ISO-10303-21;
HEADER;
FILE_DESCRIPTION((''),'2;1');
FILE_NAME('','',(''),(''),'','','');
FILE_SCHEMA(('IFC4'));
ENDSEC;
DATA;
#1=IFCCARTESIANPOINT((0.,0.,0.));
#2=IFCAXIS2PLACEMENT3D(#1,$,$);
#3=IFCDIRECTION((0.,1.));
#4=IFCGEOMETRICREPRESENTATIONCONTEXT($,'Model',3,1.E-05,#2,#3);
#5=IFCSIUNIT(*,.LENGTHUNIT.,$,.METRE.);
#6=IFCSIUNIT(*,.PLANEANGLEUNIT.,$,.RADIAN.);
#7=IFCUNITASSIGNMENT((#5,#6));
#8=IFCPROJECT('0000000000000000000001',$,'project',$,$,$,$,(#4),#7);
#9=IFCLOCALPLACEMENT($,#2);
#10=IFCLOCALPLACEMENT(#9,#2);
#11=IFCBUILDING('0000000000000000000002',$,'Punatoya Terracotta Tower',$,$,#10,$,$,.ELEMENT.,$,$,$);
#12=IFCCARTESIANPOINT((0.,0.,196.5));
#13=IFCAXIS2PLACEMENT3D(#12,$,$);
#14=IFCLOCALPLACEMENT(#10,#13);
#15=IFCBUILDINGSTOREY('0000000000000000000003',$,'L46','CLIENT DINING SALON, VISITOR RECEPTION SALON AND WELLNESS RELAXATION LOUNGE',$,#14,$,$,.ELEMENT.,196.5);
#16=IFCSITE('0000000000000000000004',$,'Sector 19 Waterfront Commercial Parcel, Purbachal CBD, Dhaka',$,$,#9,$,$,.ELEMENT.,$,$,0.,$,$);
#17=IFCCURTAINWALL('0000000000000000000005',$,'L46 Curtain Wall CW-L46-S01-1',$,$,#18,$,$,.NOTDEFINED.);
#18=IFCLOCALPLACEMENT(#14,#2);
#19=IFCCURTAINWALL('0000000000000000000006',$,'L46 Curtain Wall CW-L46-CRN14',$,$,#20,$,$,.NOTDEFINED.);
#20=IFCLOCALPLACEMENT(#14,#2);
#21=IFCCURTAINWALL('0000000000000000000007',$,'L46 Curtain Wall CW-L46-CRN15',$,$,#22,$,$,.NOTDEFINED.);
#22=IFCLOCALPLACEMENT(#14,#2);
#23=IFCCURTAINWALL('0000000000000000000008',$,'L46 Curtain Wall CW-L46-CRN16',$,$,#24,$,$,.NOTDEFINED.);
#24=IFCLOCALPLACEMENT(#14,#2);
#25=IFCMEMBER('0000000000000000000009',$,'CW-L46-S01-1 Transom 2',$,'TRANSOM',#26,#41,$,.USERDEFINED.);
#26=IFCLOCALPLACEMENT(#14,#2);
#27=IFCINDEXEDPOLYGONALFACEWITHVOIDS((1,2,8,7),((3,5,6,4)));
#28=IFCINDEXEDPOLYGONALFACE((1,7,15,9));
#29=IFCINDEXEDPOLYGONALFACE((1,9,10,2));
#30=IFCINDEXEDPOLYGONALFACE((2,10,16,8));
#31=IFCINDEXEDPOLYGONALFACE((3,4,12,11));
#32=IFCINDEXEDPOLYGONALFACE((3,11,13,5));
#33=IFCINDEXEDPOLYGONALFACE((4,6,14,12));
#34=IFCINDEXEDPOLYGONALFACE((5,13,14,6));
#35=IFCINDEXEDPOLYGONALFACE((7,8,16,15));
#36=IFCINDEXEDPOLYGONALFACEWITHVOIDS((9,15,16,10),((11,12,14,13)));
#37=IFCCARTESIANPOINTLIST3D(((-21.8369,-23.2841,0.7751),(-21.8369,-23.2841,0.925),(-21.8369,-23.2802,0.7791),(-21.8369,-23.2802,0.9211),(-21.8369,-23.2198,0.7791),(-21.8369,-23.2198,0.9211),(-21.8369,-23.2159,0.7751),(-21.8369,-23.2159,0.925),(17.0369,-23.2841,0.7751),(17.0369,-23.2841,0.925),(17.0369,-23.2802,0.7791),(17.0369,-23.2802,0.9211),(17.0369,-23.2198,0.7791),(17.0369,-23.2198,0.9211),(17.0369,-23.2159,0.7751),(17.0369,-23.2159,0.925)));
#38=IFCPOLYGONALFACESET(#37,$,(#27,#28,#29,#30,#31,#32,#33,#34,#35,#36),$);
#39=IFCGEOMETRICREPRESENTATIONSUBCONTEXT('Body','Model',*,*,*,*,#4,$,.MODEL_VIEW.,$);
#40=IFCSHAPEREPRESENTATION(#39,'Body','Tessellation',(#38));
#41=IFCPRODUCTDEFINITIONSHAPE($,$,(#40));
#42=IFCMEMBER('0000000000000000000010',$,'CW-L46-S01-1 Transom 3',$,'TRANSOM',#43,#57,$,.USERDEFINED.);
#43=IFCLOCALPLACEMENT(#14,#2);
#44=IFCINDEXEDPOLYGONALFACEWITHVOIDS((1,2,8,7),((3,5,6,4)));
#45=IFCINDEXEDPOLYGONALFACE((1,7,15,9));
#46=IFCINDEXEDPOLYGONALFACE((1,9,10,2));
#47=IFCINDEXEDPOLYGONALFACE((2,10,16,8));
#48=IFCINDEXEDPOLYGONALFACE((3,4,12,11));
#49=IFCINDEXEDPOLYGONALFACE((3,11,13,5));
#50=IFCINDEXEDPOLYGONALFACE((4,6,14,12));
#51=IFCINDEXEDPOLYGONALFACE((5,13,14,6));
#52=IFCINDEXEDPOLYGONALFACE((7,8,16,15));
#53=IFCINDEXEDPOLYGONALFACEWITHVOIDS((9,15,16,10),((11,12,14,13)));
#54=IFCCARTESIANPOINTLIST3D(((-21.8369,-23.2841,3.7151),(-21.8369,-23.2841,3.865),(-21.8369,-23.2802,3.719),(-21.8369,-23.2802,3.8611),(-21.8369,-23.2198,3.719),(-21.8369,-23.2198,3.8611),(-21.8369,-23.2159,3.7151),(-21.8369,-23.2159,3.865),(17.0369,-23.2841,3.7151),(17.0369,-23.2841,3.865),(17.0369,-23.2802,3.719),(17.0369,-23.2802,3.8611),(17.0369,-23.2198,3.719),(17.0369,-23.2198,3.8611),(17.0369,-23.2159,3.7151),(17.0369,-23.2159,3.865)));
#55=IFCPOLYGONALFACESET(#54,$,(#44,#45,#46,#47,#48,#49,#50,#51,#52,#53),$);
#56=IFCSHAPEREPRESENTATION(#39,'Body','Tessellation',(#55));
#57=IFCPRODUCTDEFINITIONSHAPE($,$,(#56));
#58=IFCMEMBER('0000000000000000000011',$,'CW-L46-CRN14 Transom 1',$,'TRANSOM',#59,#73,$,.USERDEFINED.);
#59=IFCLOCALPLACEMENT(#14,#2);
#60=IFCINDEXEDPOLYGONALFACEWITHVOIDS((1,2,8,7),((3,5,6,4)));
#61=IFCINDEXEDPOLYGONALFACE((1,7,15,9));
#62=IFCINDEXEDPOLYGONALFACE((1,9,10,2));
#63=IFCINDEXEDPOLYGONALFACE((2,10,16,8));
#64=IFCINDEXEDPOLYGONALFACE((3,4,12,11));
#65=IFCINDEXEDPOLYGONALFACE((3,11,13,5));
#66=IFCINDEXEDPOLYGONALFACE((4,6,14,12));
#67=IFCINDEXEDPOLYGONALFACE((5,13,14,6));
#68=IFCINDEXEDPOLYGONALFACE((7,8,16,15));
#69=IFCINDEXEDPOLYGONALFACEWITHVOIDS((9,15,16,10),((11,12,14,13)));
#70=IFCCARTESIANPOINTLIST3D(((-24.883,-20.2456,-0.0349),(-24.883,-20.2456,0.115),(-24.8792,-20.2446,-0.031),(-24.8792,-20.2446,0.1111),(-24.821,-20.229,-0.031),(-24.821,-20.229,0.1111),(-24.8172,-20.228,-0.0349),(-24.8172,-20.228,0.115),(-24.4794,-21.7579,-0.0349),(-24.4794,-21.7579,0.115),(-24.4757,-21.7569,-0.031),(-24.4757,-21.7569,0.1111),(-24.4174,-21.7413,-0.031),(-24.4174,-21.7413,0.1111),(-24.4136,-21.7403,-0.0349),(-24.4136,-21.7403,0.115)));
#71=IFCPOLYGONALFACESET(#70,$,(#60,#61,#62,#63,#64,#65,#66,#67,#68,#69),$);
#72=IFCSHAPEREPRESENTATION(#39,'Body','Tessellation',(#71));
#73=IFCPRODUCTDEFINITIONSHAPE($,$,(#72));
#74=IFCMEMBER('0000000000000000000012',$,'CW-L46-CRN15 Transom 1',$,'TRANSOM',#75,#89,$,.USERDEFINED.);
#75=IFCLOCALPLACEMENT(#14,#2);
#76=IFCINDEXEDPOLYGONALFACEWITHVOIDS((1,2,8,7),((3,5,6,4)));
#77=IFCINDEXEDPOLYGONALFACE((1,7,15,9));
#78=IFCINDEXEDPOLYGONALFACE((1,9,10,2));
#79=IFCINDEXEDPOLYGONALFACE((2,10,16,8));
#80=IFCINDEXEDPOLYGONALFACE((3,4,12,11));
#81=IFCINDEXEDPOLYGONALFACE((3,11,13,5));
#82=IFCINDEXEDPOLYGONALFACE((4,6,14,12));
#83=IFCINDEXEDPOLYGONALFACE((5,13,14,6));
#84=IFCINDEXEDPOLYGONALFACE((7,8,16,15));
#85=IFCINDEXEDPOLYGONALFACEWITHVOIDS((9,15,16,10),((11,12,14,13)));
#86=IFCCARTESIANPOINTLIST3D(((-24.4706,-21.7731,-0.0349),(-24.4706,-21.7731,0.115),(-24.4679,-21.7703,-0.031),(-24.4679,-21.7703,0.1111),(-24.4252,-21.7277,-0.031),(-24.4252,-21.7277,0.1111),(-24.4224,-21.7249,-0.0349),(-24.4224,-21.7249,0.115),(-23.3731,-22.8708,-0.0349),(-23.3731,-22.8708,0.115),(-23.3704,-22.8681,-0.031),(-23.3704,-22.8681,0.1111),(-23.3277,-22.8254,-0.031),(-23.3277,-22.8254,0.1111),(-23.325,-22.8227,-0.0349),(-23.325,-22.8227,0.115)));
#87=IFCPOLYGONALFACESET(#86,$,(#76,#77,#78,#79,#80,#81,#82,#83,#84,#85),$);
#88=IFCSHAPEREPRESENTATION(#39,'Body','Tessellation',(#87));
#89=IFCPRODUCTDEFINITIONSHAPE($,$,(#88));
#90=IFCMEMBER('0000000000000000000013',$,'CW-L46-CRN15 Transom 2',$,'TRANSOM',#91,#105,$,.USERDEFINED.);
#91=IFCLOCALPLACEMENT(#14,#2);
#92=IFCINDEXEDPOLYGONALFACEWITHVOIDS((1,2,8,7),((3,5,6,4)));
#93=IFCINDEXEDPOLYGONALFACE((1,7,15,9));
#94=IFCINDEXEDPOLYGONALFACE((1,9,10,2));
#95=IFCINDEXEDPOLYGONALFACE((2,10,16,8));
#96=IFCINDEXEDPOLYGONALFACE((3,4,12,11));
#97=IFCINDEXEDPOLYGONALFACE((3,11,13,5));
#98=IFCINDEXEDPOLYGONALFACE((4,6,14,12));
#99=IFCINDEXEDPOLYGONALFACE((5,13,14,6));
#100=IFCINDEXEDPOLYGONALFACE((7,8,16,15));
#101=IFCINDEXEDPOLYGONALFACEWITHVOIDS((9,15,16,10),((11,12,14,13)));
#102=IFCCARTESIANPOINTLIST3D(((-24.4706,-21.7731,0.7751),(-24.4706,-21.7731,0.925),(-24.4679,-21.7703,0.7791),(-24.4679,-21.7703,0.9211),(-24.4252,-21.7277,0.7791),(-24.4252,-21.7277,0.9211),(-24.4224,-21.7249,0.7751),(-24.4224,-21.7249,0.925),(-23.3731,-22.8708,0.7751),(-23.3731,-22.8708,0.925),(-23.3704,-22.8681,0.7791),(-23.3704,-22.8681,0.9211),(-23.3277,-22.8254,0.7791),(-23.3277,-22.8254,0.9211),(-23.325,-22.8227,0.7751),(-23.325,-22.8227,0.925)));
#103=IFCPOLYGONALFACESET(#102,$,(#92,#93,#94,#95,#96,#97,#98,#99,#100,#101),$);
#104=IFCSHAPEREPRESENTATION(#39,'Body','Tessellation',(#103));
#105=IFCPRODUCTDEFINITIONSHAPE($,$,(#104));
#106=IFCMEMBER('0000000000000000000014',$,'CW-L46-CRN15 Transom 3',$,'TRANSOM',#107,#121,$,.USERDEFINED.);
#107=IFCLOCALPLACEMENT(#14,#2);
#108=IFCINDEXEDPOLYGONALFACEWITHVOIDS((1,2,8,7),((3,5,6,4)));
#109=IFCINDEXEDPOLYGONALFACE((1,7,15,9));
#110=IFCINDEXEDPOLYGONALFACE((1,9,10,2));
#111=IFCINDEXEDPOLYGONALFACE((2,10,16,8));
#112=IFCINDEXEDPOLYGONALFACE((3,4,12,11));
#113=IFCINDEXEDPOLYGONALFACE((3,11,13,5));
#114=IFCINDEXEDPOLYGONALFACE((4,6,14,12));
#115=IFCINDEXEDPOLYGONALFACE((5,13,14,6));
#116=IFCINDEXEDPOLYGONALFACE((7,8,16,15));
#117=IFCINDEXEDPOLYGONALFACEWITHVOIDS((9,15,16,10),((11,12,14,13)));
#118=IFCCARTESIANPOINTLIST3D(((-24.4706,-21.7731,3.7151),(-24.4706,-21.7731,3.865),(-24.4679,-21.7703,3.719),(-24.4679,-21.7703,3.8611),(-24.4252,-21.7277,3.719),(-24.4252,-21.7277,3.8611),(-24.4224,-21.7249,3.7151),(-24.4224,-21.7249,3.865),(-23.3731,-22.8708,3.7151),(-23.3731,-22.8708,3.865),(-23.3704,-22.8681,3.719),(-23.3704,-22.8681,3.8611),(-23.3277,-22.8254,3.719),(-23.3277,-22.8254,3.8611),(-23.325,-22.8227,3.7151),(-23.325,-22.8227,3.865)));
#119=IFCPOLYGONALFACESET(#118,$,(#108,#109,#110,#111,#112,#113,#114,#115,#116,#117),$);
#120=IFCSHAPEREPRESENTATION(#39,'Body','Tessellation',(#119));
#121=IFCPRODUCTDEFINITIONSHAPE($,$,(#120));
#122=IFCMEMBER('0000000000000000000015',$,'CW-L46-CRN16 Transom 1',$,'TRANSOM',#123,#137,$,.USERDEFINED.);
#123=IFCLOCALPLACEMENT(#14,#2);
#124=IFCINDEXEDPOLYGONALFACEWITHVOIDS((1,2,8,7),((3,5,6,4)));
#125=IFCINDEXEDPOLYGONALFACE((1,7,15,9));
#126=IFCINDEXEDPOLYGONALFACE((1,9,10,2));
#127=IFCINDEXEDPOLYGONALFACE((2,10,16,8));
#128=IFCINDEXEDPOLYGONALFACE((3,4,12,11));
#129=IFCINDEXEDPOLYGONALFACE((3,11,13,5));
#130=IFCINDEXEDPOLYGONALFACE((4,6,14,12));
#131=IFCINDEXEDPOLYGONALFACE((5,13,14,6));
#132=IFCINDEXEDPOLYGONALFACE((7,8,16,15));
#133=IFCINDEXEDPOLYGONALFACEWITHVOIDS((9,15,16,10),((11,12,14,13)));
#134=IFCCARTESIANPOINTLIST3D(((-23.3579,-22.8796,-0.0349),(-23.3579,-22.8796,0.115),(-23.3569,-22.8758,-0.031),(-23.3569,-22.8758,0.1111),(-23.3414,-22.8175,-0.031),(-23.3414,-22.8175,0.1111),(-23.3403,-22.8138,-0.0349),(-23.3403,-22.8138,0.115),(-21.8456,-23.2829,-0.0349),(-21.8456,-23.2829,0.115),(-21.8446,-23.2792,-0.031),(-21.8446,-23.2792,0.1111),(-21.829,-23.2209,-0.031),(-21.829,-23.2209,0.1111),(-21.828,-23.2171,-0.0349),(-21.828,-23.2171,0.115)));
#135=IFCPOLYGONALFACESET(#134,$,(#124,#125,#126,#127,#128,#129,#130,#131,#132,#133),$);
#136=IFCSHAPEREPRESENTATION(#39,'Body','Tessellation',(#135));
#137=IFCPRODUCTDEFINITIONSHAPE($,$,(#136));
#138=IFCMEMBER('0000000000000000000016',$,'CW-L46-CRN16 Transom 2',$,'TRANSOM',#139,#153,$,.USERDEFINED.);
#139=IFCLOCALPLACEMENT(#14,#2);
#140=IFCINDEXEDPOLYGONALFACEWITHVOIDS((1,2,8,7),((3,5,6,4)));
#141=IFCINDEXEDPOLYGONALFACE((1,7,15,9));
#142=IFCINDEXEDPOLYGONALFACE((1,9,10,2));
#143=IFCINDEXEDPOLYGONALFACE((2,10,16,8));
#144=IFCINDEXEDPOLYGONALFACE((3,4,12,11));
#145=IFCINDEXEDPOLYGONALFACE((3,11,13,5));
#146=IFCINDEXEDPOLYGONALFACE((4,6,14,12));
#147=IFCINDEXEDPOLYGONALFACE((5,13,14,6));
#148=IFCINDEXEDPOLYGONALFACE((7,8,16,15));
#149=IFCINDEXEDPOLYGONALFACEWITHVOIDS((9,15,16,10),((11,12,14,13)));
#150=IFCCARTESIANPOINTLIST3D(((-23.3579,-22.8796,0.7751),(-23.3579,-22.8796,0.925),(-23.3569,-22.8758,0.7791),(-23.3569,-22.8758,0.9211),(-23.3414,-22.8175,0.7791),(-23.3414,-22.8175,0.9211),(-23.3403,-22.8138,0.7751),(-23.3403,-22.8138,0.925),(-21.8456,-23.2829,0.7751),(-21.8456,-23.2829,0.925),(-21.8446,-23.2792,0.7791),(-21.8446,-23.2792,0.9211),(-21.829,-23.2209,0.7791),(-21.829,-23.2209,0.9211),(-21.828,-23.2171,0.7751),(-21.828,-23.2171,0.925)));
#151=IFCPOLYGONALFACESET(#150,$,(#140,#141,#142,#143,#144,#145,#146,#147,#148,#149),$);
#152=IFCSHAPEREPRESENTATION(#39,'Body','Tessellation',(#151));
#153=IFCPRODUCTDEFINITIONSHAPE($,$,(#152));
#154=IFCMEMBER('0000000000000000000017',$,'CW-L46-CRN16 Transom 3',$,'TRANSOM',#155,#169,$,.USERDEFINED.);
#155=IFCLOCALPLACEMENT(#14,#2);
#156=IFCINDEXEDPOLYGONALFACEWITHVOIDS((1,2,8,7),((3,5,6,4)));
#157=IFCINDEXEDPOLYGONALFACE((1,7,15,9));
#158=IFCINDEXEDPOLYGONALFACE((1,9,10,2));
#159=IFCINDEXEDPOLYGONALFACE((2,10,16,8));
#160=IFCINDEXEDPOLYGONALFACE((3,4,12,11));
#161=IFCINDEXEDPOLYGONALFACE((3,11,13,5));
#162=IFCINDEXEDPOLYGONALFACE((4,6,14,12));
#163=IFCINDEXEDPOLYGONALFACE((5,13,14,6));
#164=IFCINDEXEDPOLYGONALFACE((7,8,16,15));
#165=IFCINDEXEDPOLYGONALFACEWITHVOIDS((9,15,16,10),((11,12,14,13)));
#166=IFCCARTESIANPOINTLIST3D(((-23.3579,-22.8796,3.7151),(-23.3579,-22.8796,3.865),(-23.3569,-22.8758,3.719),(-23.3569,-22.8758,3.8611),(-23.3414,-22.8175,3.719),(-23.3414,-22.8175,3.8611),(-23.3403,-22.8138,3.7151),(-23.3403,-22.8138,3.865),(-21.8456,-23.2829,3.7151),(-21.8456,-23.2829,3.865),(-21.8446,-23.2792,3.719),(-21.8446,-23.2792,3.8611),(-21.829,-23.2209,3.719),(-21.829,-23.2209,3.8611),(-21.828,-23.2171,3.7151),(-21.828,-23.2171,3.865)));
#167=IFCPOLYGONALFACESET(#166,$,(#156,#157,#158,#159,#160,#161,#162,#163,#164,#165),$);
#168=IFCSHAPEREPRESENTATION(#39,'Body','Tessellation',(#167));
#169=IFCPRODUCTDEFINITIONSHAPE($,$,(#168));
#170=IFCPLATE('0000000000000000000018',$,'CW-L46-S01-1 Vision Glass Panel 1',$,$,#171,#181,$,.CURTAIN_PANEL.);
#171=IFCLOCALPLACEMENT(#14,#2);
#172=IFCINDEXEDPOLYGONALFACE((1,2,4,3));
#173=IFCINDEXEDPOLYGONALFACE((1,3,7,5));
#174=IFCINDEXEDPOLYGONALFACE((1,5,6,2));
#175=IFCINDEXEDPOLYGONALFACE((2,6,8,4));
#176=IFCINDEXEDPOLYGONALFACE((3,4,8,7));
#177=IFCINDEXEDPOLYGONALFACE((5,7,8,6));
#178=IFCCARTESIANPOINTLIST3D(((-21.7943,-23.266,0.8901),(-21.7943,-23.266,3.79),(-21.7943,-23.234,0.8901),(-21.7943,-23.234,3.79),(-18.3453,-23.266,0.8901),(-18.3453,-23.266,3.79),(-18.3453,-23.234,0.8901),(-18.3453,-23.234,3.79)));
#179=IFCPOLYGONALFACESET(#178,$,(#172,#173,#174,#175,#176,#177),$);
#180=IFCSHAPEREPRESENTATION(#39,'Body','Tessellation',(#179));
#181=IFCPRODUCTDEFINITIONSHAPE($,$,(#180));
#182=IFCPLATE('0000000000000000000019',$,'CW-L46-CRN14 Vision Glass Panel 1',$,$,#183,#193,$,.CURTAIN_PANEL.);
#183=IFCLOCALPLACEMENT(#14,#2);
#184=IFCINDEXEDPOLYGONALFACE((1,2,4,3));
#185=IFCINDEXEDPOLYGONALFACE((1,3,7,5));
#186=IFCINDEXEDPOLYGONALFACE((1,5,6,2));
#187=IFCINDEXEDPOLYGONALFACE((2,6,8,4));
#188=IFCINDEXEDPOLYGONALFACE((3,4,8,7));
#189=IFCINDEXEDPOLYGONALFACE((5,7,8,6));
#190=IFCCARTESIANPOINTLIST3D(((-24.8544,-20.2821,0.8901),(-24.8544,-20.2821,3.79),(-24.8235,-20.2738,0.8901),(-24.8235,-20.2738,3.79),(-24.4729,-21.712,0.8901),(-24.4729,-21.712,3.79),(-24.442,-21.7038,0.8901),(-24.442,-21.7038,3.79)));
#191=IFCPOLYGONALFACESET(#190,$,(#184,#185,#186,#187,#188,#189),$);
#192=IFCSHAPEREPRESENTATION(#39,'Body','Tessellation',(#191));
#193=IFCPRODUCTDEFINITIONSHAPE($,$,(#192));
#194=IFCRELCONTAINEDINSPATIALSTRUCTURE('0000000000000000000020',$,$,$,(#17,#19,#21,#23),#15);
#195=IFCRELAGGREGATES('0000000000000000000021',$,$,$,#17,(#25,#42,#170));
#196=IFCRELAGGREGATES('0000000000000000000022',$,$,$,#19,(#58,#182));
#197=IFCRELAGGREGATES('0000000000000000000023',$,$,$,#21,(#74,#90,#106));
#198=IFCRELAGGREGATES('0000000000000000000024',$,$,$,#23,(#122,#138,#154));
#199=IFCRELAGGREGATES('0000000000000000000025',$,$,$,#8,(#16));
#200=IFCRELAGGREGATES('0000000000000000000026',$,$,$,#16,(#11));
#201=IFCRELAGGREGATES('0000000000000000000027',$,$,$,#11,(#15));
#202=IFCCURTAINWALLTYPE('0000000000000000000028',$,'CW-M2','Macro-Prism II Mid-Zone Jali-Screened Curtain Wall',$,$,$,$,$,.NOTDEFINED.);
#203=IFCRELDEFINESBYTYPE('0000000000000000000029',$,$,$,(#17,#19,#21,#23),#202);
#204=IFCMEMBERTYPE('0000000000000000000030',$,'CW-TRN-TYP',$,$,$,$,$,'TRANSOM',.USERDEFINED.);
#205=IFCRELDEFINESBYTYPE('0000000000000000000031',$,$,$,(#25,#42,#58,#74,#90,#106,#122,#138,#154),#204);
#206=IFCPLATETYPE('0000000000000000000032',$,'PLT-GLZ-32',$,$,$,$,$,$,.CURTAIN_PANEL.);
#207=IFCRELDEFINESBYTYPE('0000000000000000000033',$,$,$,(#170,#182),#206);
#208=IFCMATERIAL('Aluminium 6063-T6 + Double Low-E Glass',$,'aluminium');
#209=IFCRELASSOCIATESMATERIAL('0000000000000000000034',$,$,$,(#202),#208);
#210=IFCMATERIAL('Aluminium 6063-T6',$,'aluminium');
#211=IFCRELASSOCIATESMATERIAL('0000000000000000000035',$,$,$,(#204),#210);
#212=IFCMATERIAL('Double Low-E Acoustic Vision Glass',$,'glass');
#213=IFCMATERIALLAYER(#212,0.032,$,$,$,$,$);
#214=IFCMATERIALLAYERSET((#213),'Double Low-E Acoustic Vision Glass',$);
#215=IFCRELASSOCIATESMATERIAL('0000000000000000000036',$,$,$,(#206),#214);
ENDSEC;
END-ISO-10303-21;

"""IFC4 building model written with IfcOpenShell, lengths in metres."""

from ifc_helpers import new_model, si_unit, direction, frame, origin, origin_2d, place, context, subcontext, project, spatial, rectangle, hollow_rectangle, extrude, material, layer, layer_set, material_profile, profile_set, type_object, element, aggregate, save


model = new_model("IFC4")

# Units and contexts
model_context = context("Model", 3, precision=1e-05, world=origin(), true_north=direction((0.0, 1.0)))
body_context = subcontext(model_context, "Body", "Model", "MODEL_VIEW")
ifc_project = project(units=[si_unit("LENGTHUNIT", "METRE"), si_unit("PLANEANGLEUNIT", "RADIAN")], contexts=[model_context])

# Site, building, storey
site_placement = place(None, origin())
site = spatial("IfcSite", under=ifc_project, at=site_placement, Name="Sector 19 Waterfront Commercial Parcel, Purbachal CBD, Dhaka", CompositionType="ELEMENT", RefElevation=0.0)
building_placement = place(site_placement, origin())
building = spatial("IfcBuilding", under=site, at=building_placement, Name="Punatoya Terracotta Tower", CompositionType="ELEMENT")
storey_placement = place(building_placement, frame((0.0, 0.0, 196.5)))
storey = spatial("IfcBuildingStorey", under=building, at=storey_placement, Name="L46", Description="CLIENT DINING SALON, VISITOR RECEPTION SALON AND WELLNESS RELAXATION LOUNGE", CompositionType="ELEMENT", Elevation=196.5)

# Curtain wall
ifc_material_1 = material(Name="Aluminium 6063-T6 + Double Low-E Glass", Category="aluminium")
curtain_wall_type = type_object("IfcCurtainWallType", Name="CW-M2", Description="Macro-Prism II Mid-Zone Jali-Screened Curtain Wall", PredefinedType="NOTDEFINED", material=ifc_material_1)
curtain_wall_1_placement = place(storey_placement, origin())
curtain_wall_1 = element("IfcCurtainWall", 1, at=curtain_wall_1_placement, inside=storey, type_object=curtain_wall_type, Name="L46 Curtain Wall CW-L46-S01-1", PredefinedType="NOTDEFINED")
ifc_material_2 = material(Name="Aluminium 6063-T6", Category="aluminium")

# Curtain walls
curtain_wall_2_placement = place(storey_placement, origin())
curtain_wall_2 = element("IfcCurtainWall", 2, at=curtain_wall_2_placement, inside=storey, type_object=curtain_wall_type, Name="L46 Curtain Wall CW-L46-CRN14", PredefinedType="NOTDEFINED")
curtain_wall_3_placement = place(storey_placement, origin())
curtain_wall_3 = element("IfcCurtainWall", 3, at=curtain_wall_3_placement, inside=storey, type_object=curtain_wall_type, Name="L46 Curtain Wall CW-L46-CRN15", PredefinedType="NOTDEFINED")
curtain_wall_4_placement = place(storey_placement, origin())
curtain_wall_4 = element("IfcCurtainWall", 4, at=curtain_wall_4_placement, inside=storey, type_object=curtain_wall_type, Name="L46 Curtain Wall CW-L46-CRN16", PredefinedType="NOTDEFINED")

# Members
ifc_material_profile_1 = material_profile(ifc_material_2, hollow_rectangle(XDim=0.0681, YDim=0.1499, WallThickness=0.0039, at=origin_2d()))
ifc_profile_set_1 = profile_set([ifc_material_profile_1], Name="Aluminium 6063-T6")
member_type_1 = type_object("IfcMemberType", Name="CW-TRN-TYP", ElementType="TRANSOM", PredefinedType="USERDEFINED", material=ifc_profile_set_1)
member_1_placement = place(storey_placement, frame((-21.8369, -23.25, 0.8501), z_axis=(1.0, 0.0, 0.0), x_axis=(0.0, 1.0, 0.0)))
member_1 = element("IfcMember", 5, at=member_1_placement, type_object=member_type_1, Name="CW-L46-S01-1 Transom 2", ObjectType="TRANSOM", PredefinedType="USERDEFINED", context=body_context, shape_type="SweptSolid", body=[
    extrude(hollow_rectangle(XDim=0.0681, YDim=0.1499, WallThickness=0.0039, at=origin_2d()), origin(), (0.0, 0.0, 1.0), 38.8738),
])
member_2_placement = place(storey_placement, frame((-21.8369, -23.25, 3.79), z_axis=(1.0, 0.0, 0.0), x_axis=(0.0, 1.0, 0.0)))
member_2 = element("IfcMember", 6, at=member_2_placement, type_object=member_type_1, Name="CW-L46-S01-1 Transom 3", ObjectType="TRANSOM", PredefinedType="USERDEFINED", context=body_context, shape_type="SweptSolid", body=[
    extrude(hollow_rectangle(XDim=0.0681, YDim=0.1499, WallThickness=0.0039, at=origin_2d()), origin(), (0.0, 0.0, 1.0), 38.8738),
])
member_3_placement = place(storey_placement, frame((-24.8501, -20.2368, 0.04), z_axis=(0.257847, -0.966186, 0.0), x_axis=(0.966186, 0.257847, 0.0)))
member_3 = element("IfcMember", 7, at=member_3_placement, type_object=member_type_1, Name="CW-L46-CRN14 Transom 1", ObjectType="TRANSOM", PredefinedType="USERDEFINED", context=body_context, shape_type="SweptSolid", body=[
    extrude(hollow_rectangle(XDim=0.0681, YDim=0.1499, WallThickness=0.0039, at=origin_2d()), origin(), (0.0, 0.0, 1.0), 1.5652),
])
member_4_placement = place(storey_placement, frame((-24.4465, -21.749, 0.04), z_axis=(0.707028, -0.707185, 0.0), x_axis=(0.707185, 0.707028, 0.0)))
member_4 = element("IfcMember", 8, at=member_4_placement, type_object=member_type_1, Name="CW-L46-CRN15 Transom 1", ObjectType="TRANSOM", PredefinedType="USERDEFINED", context=body_context, shape_type="SweptSolid", body=[
    extrude(hollow_rectangle(XDim=0.0681, YDim=0.1499, WallThickness=0.0039, at=origin_2d()), origin(), (0.0, 0.0, 1.0), 1.5522),
])
member_5_placement = place(storey_placement, frame((-24.4465, -21.749, 0.8501), z_axis=(0.707028, -0.707185, 0.0), x_axis=(0.707185, 0.707028, 0.0)))
member_5 = element("IfcMember", 9, at=member_5_placement, type_object=member_type_1, Name="CW-L46-CRN15 Transom 2", ObjectType="TRANSOM", PredefinedType="USERDEFINED", context=body_context, shape_type="SweptSolid", body=[
    extrude(hollow_rectangle(XDim=0.0681, YDim=0.1499, WallThickness=0.0039, at=origin_2d()), origin(), (0.0, 0.0, 1.0), 1.5522),
])
member_6_placement = place(storey_placement, frame((-24.4465, -21.749, 3.79), z_axis=(0.707028, -0.707185, 0.0), x_axis=(0.707185, 0.707028, 0.0)))
member_6 = element("IfcMember", 10, at=member_6_placement, type_object=member_type_1, Name="CW-L46-CRN15 Transom 3", ObjectType="TRANSOM", PredefinedType="USERDEFINED", context=body_context, shape_type="SweptSolid", body=[
    extrude(hollow_rectangle(XDim=0.0681, YDim=0.1499, WallThickness=0.0039, at=origin_2d()), origin(), (0.0, 0.0, 1.0), 1.5522),
])
member_7_placement = place(storey_placement, frame((-23.3491, -22.8467, 0.04), z_axis=(0.966225, -0.257701, 0.0), x_axis=(0.257701, 0.966225, 0.0)))
member_7 = element("IfcMember", 11, at=member_7_placement, type_object=member_type_1, Name="CW-L46-CRN16 Transom 1", ObjectType="TRANSOM", PredefinedType="USERDEFINED", context=body_context, shape_type="SweptSolid", body=[
    extrude(hollow_rectangle(XDim=0.0681, YDim=0.1499, WallThickness=0.0039, at=origin_2d()), origin(), (0.0, 0.0, 1.0), 1.5652),
])
member_8_placement = place(storey_placement, frame((-23.3491, -22.8467, 0.8501), z_axis=(0.966225, -0.257701, 0.0), x_axis=(0.257701, 0.966225, 0.0)))
member_8 = element("IfcMember", 12, at=member_8_placement, type_object=member_type_1, Name="CW-L46-CRN16 Transom 2", ObjectType="TRANSOM", PredefinedType="USERDEFINED", context=body_context, shape_type="SweptSolid", body=[
    extrude(hollow_rectangle(XDim=0.0681, YDim=0.1499, WallThickness=0.0039, at=origin_2d()), origin(), (0.0, 0.0, 1.0), 1.5652),
])
member_9_placement = place(storey_placement, frame((-23.3491, -22.8467, 3.79), z_axis=(0.966225, -0.257701, 0.0), x_axis=(0.257701, 0.966225, 0.0)))
member_9 = element("IfcMember", 13, at=member_9_placement, type_object=member_type_1, Name="CW-L46-CRN16 Transom 3", ObjectType="TRANSOM", PredefinedType="USERDEFINED", context=body_context, shape_type="SweptSolid", body=[
    extrude(hollow_rectangle(XDim=0.0681, YDim=0.1499, WallThickness=0.0039, at=origin_2d()), origin(), (0.0, 0.0, 1.0), 1.5652),
])

# Plates
ifc_material_3 = material(Name="Double Low-E Acoustic Vision Glass", Category="glass")
ifc_layer_1 = layer(ifc_material_3, 0.032)
ifc_layer_set_1 = layer_set([ifc_layer_1], Name="Double Low-E Acoustic Vision Glass")
plate_type_1 = type_object("IfcPlateType", Name="PLT-GLZ-32", PredefinedType="CURTAIN_PANEL", material=ifc_layer_set_1)
plate_1_placement = place(storey_placement, frame((-20.0698, -23.25, 0.8901), z_axis=(0.0, 0.0, 1.0), x_axis=(1.0, 0.0, 0.0)))
plate_1 = element("IfcPlate", 14, at=plate_1_placement, type_object=plate_type_1, Name="CW-L46-S01-1 Vision Glass Panel 1", PredefinedType="CURTAIN_PANEL", context=body_context, shape_type="SweptSolid", body=[
    extrude(rectangle(XDim=3.449, YDim=0.032, at=origin_2d()), origin(), (0.0, 0.0, 1.0), 2.8999),
])
plate_2_placement = place(storey_placement, frame((-24.6482, -20.9929, 0.8901), z_axis=(0.0, 0.0, 1.0), x_axis=(0.257742, -0.966214, 0.0)))
plate_2 = element("IfcPlate", 15, at=plate_2_placement, type_object=plate_type_1, Name="CW-L46-CRN14 Vision Glass Panel 1", PredefinedType="CURTAIN_PANEL", context=body_context, shape_type="SweptSolid", body=[
    extrude(rectangle(XDim=1.48, YDim=0.032, at=origin_2d()), origin(), (0.0, 0.0, 1.0), 2.8999),
])
aggregate(curtain_wall_1, [member_1, member_2, plate_1])
aggregate(curtain_wall_2, [member_3, plate_2])
aggregate(curtain_wall_3, [member_4, member_5, member_6])
aggregate(curtain_wall_4, [member_7, member_8, member_9])

save(model, "model.ifc")
